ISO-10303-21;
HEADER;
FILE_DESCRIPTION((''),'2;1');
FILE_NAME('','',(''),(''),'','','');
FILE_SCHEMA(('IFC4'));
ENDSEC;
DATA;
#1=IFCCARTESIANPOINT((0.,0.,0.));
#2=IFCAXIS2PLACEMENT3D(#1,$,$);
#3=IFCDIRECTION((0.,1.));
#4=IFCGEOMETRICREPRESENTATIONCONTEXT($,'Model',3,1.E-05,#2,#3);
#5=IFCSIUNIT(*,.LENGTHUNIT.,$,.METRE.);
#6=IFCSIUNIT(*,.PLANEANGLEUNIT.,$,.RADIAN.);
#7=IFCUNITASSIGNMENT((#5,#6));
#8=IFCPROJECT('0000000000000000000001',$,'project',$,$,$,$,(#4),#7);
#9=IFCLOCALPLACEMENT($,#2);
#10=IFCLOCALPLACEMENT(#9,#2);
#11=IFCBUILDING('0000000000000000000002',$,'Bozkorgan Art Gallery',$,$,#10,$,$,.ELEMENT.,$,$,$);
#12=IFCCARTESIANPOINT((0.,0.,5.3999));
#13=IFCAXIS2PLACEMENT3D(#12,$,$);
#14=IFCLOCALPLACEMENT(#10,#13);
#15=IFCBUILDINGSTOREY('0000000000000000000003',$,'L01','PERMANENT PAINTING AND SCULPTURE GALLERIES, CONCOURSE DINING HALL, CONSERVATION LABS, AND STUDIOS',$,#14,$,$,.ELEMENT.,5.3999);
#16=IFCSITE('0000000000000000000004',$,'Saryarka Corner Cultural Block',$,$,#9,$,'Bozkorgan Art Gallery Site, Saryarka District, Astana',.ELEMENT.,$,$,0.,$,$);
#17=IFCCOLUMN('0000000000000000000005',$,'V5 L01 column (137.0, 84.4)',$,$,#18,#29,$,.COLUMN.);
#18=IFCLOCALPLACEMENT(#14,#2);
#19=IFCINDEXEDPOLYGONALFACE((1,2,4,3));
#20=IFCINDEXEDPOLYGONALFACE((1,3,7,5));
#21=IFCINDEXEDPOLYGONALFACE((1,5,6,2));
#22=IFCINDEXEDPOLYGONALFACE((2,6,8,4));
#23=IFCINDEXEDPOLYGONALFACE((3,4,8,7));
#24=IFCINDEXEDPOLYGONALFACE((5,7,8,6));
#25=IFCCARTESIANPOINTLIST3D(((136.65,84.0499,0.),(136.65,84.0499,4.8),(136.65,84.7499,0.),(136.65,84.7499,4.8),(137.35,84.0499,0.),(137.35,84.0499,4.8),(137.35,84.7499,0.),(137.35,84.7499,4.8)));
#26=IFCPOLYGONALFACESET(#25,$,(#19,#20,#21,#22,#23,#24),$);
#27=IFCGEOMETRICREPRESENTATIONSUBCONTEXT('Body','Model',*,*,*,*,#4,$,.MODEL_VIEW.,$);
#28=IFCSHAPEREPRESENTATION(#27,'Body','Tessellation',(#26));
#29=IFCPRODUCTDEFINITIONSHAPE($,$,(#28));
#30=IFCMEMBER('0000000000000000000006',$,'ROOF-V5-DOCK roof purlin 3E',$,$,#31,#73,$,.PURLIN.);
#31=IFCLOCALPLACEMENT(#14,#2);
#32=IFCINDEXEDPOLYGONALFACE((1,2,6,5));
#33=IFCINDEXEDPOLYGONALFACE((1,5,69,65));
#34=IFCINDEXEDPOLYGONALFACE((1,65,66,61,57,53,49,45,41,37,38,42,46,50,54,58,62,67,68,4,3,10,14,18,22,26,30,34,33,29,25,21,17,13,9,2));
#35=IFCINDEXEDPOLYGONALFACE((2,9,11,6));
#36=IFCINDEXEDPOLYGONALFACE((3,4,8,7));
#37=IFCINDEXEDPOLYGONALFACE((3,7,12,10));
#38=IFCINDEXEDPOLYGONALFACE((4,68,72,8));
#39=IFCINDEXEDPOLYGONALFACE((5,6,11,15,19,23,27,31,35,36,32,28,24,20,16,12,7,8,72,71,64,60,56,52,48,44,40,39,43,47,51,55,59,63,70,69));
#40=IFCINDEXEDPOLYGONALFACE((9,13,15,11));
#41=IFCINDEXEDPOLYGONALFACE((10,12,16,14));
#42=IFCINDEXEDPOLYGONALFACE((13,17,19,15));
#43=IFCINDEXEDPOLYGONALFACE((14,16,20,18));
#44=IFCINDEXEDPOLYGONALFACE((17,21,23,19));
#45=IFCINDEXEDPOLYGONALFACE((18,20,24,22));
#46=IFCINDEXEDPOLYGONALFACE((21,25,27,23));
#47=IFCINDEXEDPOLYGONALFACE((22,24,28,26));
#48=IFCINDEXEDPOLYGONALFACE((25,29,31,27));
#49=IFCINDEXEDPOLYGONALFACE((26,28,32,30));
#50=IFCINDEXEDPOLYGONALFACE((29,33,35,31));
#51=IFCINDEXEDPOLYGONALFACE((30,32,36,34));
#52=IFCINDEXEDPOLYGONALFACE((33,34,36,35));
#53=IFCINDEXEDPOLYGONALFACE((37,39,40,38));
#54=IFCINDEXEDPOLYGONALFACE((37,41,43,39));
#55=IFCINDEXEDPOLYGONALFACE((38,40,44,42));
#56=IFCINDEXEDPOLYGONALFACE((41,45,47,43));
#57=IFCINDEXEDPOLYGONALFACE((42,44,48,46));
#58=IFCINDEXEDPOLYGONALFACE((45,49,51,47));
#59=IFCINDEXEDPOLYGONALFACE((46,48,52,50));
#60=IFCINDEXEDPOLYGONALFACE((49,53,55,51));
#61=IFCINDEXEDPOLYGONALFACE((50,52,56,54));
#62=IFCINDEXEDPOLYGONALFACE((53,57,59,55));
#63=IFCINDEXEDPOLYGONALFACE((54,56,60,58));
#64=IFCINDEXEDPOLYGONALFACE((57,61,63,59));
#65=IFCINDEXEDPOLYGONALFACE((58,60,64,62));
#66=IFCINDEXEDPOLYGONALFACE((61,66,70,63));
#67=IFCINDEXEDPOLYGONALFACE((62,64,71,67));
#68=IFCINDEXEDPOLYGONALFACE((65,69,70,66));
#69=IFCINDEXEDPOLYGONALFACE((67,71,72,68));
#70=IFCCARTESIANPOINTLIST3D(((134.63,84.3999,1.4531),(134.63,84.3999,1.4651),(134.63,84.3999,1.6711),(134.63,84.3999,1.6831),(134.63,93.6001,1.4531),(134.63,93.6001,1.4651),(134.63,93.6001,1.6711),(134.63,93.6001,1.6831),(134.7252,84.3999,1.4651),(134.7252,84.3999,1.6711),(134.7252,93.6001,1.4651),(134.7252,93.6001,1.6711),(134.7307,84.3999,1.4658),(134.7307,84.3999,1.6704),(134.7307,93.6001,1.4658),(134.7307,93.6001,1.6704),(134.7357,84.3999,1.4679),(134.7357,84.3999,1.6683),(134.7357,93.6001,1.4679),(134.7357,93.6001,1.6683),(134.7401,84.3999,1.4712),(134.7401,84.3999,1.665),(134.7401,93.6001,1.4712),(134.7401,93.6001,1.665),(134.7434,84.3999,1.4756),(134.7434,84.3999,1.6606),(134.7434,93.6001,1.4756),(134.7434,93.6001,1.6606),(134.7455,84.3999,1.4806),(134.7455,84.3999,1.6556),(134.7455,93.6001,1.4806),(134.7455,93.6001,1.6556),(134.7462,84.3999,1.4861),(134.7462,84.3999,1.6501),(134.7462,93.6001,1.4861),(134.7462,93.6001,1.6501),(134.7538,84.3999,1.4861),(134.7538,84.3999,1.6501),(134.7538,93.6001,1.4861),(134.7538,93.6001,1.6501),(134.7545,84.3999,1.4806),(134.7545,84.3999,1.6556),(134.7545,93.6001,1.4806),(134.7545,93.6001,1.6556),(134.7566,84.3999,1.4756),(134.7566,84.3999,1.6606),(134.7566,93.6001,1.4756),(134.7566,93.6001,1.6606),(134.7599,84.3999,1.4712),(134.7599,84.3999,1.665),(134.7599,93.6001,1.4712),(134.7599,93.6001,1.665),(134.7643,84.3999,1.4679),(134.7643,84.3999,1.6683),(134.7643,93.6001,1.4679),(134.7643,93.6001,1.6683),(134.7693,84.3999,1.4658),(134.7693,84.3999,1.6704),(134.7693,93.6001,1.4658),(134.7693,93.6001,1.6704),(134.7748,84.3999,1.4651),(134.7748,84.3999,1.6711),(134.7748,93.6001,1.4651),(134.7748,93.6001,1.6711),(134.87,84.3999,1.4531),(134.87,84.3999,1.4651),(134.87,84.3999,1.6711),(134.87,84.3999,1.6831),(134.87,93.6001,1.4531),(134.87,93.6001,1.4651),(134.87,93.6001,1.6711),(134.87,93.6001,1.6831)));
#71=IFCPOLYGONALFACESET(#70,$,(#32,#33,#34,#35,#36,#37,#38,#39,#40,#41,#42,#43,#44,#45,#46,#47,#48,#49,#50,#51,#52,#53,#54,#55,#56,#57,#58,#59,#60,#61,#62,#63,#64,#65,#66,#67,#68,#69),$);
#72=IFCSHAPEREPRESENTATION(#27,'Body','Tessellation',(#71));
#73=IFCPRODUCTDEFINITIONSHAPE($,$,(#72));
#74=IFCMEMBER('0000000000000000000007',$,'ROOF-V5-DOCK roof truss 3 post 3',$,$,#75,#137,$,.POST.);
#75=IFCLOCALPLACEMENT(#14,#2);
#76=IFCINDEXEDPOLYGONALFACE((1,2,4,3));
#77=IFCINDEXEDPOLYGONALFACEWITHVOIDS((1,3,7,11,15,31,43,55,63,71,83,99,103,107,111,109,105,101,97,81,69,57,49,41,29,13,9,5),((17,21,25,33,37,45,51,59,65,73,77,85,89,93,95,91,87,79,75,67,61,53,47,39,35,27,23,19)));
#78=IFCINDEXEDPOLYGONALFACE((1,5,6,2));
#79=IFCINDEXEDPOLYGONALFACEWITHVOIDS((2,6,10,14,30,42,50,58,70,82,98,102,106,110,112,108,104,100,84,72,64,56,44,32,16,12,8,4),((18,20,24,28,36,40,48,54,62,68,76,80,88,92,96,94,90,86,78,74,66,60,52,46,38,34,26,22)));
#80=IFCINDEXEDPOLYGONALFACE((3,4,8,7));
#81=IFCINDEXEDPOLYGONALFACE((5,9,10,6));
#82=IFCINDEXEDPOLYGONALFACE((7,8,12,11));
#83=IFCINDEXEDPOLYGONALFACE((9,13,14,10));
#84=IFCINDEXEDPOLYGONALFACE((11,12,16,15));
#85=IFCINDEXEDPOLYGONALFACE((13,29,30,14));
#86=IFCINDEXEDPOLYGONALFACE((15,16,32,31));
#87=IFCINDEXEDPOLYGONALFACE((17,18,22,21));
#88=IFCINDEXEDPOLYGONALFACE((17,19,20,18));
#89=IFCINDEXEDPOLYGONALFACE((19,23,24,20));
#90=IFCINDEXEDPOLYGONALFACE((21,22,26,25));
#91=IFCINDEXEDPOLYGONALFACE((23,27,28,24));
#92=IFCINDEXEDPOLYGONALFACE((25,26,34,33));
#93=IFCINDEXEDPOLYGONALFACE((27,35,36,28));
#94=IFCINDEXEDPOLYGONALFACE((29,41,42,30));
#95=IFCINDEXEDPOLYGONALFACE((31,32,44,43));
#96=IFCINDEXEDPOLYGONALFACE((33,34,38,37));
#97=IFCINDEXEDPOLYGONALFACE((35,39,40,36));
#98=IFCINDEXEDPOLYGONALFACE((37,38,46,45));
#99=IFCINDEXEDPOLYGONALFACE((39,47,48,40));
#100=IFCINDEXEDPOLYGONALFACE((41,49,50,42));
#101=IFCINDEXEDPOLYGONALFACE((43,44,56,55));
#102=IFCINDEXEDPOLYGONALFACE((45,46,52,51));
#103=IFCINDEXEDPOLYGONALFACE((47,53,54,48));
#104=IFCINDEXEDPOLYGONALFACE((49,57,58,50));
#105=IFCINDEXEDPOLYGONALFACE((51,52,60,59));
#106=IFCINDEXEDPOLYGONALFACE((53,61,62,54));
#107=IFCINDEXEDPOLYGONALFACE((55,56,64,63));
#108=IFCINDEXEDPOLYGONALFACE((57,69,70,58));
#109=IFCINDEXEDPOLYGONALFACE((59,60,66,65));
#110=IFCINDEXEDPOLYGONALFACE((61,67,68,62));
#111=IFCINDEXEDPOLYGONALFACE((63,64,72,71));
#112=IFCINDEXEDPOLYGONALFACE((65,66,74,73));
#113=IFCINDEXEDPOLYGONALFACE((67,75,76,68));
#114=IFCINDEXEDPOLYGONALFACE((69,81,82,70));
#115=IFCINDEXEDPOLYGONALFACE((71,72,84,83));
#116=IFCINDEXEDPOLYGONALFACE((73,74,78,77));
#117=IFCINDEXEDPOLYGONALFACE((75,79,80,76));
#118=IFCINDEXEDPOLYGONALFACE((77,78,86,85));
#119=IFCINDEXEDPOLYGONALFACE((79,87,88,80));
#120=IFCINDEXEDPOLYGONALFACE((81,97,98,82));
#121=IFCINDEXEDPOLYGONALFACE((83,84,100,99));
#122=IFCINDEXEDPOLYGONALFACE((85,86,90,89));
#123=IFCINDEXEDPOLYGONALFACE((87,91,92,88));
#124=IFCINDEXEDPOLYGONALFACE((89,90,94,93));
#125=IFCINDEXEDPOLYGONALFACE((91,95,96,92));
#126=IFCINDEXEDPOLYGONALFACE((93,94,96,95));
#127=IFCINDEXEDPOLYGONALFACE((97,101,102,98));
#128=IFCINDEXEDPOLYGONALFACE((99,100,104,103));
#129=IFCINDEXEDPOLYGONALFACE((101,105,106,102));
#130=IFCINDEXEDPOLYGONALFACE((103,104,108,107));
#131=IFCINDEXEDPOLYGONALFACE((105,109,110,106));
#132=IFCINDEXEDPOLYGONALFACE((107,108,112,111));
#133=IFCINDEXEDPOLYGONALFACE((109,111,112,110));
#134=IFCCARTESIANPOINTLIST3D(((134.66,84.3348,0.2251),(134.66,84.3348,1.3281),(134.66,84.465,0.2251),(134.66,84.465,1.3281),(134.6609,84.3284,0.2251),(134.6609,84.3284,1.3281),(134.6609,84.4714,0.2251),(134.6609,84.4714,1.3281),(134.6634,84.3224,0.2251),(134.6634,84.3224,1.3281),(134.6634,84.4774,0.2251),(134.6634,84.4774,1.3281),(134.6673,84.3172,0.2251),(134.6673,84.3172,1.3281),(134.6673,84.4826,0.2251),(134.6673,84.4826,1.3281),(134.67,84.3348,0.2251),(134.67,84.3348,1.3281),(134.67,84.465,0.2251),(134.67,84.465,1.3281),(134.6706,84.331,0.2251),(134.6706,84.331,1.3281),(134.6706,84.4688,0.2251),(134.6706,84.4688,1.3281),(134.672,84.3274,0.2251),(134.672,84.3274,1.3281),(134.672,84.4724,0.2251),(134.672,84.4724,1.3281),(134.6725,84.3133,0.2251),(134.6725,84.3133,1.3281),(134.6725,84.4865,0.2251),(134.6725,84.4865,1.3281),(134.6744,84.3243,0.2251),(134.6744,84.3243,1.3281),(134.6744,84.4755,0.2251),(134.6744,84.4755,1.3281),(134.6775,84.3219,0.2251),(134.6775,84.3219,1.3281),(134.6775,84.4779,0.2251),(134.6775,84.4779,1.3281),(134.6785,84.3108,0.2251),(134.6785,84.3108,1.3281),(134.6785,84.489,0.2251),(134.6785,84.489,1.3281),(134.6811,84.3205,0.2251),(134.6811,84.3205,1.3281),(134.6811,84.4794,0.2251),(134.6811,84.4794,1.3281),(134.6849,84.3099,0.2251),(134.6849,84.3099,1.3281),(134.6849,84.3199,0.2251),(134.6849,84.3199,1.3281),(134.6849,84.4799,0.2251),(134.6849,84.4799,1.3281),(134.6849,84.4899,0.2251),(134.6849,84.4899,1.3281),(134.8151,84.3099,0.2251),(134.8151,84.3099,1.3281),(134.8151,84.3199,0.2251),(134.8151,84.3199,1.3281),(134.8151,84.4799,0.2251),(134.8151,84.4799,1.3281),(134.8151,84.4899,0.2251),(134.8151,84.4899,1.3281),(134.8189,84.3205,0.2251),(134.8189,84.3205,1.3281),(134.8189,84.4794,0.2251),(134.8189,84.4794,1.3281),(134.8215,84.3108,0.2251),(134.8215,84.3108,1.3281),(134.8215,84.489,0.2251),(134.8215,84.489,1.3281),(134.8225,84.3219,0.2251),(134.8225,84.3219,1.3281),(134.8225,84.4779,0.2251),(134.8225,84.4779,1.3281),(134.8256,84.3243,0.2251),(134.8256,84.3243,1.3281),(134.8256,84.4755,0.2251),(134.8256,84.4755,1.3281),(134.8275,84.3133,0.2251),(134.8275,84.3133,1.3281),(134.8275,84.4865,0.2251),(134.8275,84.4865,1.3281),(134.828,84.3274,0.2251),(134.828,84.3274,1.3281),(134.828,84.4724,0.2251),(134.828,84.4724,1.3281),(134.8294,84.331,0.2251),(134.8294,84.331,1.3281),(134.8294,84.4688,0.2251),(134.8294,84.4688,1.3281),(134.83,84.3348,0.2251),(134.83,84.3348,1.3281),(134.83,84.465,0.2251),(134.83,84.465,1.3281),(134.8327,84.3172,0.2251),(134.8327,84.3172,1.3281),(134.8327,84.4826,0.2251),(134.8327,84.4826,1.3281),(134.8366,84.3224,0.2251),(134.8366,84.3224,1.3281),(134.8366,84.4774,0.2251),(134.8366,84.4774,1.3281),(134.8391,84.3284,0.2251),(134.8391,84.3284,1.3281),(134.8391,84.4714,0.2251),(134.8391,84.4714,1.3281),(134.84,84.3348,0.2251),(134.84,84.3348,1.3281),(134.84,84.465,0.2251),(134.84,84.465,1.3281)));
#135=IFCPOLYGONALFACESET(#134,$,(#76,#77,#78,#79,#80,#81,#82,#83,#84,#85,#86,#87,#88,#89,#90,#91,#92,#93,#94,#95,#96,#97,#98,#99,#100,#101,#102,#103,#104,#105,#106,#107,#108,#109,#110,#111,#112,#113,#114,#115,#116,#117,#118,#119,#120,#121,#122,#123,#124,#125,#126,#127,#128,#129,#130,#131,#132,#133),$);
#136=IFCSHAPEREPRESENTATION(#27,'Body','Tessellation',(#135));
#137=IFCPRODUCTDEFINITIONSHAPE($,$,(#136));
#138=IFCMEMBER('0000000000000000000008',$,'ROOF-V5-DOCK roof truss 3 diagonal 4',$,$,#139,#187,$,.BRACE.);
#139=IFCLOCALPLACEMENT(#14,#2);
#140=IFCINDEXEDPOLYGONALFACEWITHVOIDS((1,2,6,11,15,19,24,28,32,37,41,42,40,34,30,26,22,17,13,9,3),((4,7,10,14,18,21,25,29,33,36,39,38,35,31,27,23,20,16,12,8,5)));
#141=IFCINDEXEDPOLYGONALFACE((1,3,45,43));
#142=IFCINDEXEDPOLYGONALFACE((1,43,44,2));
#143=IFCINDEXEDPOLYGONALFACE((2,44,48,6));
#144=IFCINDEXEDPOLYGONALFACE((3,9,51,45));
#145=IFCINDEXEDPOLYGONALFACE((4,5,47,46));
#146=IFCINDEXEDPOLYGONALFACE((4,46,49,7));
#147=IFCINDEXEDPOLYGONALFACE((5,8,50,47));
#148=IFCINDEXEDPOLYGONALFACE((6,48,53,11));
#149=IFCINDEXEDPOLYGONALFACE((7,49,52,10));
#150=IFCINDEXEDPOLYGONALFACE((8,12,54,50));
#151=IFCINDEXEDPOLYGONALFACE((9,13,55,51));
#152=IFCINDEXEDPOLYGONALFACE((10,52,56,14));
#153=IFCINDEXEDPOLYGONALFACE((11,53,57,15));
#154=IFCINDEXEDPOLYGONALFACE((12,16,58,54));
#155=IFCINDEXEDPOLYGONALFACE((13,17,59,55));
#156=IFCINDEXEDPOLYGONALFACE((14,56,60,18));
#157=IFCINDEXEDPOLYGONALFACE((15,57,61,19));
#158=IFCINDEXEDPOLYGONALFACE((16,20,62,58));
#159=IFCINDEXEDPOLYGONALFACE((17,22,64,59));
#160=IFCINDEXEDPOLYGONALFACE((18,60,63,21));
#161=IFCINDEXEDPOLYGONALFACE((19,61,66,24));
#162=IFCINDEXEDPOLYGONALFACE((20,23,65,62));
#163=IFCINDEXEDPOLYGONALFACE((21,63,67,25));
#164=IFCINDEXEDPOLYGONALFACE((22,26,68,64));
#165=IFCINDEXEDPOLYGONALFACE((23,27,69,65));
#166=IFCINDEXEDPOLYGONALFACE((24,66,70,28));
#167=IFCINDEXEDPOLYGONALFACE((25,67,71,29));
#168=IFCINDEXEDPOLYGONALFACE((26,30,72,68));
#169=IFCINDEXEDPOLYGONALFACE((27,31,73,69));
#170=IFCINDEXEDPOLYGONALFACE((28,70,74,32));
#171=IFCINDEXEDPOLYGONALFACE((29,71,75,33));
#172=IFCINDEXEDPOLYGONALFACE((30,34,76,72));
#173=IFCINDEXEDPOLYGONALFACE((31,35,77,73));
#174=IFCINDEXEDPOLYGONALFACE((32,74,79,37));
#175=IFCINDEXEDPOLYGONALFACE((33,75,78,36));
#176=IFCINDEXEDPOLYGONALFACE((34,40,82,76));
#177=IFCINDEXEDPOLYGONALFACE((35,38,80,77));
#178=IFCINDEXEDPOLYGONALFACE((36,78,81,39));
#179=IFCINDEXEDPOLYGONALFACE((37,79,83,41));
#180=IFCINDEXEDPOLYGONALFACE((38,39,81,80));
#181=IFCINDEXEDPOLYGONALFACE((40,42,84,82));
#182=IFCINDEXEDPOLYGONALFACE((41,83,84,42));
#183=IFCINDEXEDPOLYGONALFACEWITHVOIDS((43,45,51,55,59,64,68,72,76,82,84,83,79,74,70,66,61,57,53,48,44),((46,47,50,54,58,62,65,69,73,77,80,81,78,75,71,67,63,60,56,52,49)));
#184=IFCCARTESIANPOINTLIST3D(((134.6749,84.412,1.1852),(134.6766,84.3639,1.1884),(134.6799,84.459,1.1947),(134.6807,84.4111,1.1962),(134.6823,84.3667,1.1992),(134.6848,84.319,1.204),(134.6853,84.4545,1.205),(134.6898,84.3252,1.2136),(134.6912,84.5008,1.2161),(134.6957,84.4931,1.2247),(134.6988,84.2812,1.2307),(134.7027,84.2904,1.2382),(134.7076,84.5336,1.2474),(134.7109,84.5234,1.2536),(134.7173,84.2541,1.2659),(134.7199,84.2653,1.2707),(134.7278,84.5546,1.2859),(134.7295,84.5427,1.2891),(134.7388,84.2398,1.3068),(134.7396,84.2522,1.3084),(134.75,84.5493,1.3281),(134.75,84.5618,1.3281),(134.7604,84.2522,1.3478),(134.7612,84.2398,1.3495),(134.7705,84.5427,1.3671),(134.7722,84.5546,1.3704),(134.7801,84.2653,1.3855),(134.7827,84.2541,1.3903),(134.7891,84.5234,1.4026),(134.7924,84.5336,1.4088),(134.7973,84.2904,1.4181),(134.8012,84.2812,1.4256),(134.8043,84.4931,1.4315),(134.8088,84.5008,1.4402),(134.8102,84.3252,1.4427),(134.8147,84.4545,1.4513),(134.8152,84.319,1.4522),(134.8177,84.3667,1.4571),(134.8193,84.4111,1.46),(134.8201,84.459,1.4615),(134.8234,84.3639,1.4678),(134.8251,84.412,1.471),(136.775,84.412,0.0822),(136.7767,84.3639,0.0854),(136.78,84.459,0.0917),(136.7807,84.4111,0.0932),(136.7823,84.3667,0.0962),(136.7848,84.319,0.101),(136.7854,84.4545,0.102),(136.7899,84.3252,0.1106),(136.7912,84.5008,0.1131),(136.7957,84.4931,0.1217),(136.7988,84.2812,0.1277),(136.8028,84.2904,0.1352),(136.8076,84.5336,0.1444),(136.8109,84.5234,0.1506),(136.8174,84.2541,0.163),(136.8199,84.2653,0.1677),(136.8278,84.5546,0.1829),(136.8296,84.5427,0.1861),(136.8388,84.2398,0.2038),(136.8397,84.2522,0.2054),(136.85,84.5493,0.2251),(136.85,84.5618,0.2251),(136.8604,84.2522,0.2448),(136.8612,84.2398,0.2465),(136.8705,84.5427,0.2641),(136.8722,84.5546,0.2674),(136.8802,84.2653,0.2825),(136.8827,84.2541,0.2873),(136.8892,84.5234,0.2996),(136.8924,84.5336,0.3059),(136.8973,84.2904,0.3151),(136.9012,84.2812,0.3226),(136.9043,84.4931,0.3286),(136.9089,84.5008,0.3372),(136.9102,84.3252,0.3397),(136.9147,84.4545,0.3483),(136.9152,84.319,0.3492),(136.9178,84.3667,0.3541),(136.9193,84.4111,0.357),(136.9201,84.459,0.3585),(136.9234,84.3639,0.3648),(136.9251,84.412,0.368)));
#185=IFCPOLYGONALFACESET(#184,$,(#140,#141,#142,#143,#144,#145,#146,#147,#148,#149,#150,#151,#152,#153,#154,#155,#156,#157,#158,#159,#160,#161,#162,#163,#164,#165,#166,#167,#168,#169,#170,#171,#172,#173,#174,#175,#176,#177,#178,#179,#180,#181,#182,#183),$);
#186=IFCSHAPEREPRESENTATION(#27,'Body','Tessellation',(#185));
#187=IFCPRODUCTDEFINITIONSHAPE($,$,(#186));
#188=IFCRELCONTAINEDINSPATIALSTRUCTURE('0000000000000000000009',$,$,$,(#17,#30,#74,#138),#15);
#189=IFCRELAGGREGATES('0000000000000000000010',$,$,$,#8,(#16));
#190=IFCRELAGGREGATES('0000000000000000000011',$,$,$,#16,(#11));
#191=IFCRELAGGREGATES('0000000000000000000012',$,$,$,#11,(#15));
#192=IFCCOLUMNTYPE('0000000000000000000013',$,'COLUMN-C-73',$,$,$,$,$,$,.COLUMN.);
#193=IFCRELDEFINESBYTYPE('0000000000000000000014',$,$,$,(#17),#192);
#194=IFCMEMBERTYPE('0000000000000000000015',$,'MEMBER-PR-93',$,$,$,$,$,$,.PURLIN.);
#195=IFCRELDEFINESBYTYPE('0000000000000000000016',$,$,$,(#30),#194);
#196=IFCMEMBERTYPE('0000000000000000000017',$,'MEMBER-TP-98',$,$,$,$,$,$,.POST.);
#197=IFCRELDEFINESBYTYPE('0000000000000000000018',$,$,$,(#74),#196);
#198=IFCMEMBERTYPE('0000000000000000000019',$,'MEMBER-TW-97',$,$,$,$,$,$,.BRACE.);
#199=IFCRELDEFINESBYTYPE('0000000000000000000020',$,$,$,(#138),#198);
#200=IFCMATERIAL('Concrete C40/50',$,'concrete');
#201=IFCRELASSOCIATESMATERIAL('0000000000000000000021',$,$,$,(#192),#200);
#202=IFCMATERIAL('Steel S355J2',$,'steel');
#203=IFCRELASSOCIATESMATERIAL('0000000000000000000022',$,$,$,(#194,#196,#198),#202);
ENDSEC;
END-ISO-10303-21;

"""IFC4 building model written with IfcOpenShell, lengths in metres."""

from ifc_helpers import new_model, si_unit, direction, frame, origin, origin_2d, place, context, subcontext, project, spatial, rectangle, hollow_rectangle, hollow_circle, i_section, extrude, material, material_profile, profile_set, type_object, element, save


model = new_model("IFC4")

# Units and contexts
model_context = context("Model", 3, precision=1e-05, world=origin(), true_north=direction((0.0, 1.0)))
body_context = subcontext(model_context, "Body", "Model", "MODEL_VIEW")
ifc_project = project(units=[si_unit("LENGTHUNIT", "METRE"), si_unit("PLANEANGLEUNIT", "RADIAN")], contexts=[model_context])

# Site, building, storey
site_placement = place(None, origin())
site = spatial("IfcSite", under=ifc_project, at=site_placement, Name="Saryarka Corner Cultural Block", LongName="Bozkorgan Art Gallery Site, Saryarka District, Astana", CompositionType="ELEMENT", RefElevation=0.0)
building_placement = place(site_placement, origin())
building = spatial("IfcBuilding", under=site, at=building_placement, Name="Bozkorgan Art Gallery", CompositionType="ELEMENT")
storey_placement = place(building_placement, frame((0.0, 0.0, 5.3999)))
storey = spatial("IfcBuildingStorey", under=building, at=storey_placement, Name="L01", Description="PERMANENT PAINTING AND SCULPTURE GALLERIES, CONCOURSE DINING HALL, CONSERVATION LABS, AND STUDIOS", CompositionType="ELEMENT", Elevation=5.3999)

# Column
ifc_material_1 = material(Name="Concrete C40/50", Category="concrete")
ifc_material_profile_1 = material_profile(ifc_material_1, rectangle(XDim=0.7, YDim=0.7, at=origin_2d()), Name="RC 700x700")
ifc_profile_set_1 = profile_set([ifc_material_profile_1], Name="Concrete C40/50")
column_type = type_object("IfcColumnType", Name="COLUMN-C-73", PredefinedType="COLUMN", material=ifc_profile_set_1)
column_placement = place(storey_placement, frame((137.0, 84.3999, 0.0), z_axis=(0.0, 0.0, 1.0), x_axis=(1.0, 0.0, 0.0)))
element("IfcColumn", 1, at=column_placement, inside=storey, type_object=column_type, Name="V5 L01 column (137.0, 84.4)", PredefinedType="COLUMN", context=body_context, shape_type="SweptSolid", body=[
    extrude(rectangle(XDim=0.7, YDim=0.7, at=origin_2d()), origin(), (0.0, 0.0, 1.0), 4.8),
])

# Members
ifc_material_2 = material(Name="Steel S355J2", Category="steel")
ifc_material_profile_2 = material_profile(ifc_material_2, i_section(OverallWidth=0.24, OverallDepth=0.23, WebThickness=0.0076, FlangeThickness=0.012, FilletRadius=0.021, at=origin_2d()), Name="HEA 240")
ifc_profile_set_2 = profile_set([ifc_material_profile_2], Name="Steel S355J2")
member_type_1 = type_object("IfcMemberType", Name="MEMBER-PR-93", PredefinedType="PURLIN", material=ifc_profile_set_2)
member_1_placement = place(storey_placement, frame((134.75, 84.3999, 1.5681), z_axis=(0.0, 1.0, 0.0), x_axis=(-1.0, 0.0, 0.0)))
element("IfcMember", 2, at=member_1_placement, inside=storey, type_object=member_type_1, Name="ROOF-V5-DOCK roof purlin 3E", PredefinedType="PURLIN", context=body_context, shape_type="SweptSolid", body=[
    extrude(i_section(OverallWidth=0.24, OverallDepth=0.23, WebThickness=0.0076, FlangeThickness=0.012, FilletRadius=0.021, at=origin_2d()), origin(), (0.0, 0.0, 1.0), 9.2002),
])
ifc_material_profile_3 = material_profile(ifc_material_2, hollow_rectangle(XDim=0.1799, YDim=0.1799, WallThickness=0.01, InnerFilletRadius=0.0149, OuterFilletRadius=0.0249, at=origin_2d()), Name="SHS 180x180x10")
ifc_profile_set_3 = profile_set([ifc_material_profile_3], Name="Steel S355J2")
member_type_2 = type_object("IfcMemberType", Name="MEMBER-TP-98", PredefinedType="POST", material=ifc_profile_set_3)
member_2_placement = place(storey_placement, frame((134.75, 84.3999, 0.2251), z_axis=(0.0, 0.0, 1.0), x_axis=(1.0, 0.0, 0.0)))
element("IfcMember", 3, at=member_2_placement, inside=storey, type_object=member_type_2, Name="ROOF-V5-DOCK roof truss 3 post 3", PredefinedType="POST", context=body_context, shape_type="SweptSolid", body=[
    extrude(hollow_rectangle(XDim=0.1799, YDim=0.1799, WallThickness=0.01, InnerFilletRadius=0.0149, OuterFilletRadius=0.0249, at=origin_2d()), origin(), (0.0, 0.0, 1.0), 1.103),
])
ifc_material_profile_4 = material_profile(ifc_material_2, hollow_circle(Radius=0.1619, WallThickness=0.0125, at=origin_2d()), Name="CHS 323.9x12.5")
ifc_profile_set_4 = profile_set([ifc_material_profile_4], Name="Steel S355J2")
member_type_3 = type_object("IfcMemberType", Name="MEMBER-TW-97", PredefinedType="BRACE", material=ifc_profile_set_4)
member_3_placement = place(storey_placement, frame((134.75, 84.3999, 1.3281), z_axis=(0.885315, 0.0, -0.464991), x_axis=(0.0, 1.0, 0.0)))
element("IfcMember", 4, at=member_3_placement, inside=storey, type_object=member_type_3, Name="ROOF-V5-DOCK roof truss 3 diagonal 4", PredefinedType="BRACE", context=body_context, shape_type="SweptSolid", body=[
    extrude(hollow_circle(Radius=0.1619, WallThickness=0.0125, at=origin_2d()), origin(), (0.0, 0.0, 1.0), 2.3721),
])

save(model, "model.ifc")
